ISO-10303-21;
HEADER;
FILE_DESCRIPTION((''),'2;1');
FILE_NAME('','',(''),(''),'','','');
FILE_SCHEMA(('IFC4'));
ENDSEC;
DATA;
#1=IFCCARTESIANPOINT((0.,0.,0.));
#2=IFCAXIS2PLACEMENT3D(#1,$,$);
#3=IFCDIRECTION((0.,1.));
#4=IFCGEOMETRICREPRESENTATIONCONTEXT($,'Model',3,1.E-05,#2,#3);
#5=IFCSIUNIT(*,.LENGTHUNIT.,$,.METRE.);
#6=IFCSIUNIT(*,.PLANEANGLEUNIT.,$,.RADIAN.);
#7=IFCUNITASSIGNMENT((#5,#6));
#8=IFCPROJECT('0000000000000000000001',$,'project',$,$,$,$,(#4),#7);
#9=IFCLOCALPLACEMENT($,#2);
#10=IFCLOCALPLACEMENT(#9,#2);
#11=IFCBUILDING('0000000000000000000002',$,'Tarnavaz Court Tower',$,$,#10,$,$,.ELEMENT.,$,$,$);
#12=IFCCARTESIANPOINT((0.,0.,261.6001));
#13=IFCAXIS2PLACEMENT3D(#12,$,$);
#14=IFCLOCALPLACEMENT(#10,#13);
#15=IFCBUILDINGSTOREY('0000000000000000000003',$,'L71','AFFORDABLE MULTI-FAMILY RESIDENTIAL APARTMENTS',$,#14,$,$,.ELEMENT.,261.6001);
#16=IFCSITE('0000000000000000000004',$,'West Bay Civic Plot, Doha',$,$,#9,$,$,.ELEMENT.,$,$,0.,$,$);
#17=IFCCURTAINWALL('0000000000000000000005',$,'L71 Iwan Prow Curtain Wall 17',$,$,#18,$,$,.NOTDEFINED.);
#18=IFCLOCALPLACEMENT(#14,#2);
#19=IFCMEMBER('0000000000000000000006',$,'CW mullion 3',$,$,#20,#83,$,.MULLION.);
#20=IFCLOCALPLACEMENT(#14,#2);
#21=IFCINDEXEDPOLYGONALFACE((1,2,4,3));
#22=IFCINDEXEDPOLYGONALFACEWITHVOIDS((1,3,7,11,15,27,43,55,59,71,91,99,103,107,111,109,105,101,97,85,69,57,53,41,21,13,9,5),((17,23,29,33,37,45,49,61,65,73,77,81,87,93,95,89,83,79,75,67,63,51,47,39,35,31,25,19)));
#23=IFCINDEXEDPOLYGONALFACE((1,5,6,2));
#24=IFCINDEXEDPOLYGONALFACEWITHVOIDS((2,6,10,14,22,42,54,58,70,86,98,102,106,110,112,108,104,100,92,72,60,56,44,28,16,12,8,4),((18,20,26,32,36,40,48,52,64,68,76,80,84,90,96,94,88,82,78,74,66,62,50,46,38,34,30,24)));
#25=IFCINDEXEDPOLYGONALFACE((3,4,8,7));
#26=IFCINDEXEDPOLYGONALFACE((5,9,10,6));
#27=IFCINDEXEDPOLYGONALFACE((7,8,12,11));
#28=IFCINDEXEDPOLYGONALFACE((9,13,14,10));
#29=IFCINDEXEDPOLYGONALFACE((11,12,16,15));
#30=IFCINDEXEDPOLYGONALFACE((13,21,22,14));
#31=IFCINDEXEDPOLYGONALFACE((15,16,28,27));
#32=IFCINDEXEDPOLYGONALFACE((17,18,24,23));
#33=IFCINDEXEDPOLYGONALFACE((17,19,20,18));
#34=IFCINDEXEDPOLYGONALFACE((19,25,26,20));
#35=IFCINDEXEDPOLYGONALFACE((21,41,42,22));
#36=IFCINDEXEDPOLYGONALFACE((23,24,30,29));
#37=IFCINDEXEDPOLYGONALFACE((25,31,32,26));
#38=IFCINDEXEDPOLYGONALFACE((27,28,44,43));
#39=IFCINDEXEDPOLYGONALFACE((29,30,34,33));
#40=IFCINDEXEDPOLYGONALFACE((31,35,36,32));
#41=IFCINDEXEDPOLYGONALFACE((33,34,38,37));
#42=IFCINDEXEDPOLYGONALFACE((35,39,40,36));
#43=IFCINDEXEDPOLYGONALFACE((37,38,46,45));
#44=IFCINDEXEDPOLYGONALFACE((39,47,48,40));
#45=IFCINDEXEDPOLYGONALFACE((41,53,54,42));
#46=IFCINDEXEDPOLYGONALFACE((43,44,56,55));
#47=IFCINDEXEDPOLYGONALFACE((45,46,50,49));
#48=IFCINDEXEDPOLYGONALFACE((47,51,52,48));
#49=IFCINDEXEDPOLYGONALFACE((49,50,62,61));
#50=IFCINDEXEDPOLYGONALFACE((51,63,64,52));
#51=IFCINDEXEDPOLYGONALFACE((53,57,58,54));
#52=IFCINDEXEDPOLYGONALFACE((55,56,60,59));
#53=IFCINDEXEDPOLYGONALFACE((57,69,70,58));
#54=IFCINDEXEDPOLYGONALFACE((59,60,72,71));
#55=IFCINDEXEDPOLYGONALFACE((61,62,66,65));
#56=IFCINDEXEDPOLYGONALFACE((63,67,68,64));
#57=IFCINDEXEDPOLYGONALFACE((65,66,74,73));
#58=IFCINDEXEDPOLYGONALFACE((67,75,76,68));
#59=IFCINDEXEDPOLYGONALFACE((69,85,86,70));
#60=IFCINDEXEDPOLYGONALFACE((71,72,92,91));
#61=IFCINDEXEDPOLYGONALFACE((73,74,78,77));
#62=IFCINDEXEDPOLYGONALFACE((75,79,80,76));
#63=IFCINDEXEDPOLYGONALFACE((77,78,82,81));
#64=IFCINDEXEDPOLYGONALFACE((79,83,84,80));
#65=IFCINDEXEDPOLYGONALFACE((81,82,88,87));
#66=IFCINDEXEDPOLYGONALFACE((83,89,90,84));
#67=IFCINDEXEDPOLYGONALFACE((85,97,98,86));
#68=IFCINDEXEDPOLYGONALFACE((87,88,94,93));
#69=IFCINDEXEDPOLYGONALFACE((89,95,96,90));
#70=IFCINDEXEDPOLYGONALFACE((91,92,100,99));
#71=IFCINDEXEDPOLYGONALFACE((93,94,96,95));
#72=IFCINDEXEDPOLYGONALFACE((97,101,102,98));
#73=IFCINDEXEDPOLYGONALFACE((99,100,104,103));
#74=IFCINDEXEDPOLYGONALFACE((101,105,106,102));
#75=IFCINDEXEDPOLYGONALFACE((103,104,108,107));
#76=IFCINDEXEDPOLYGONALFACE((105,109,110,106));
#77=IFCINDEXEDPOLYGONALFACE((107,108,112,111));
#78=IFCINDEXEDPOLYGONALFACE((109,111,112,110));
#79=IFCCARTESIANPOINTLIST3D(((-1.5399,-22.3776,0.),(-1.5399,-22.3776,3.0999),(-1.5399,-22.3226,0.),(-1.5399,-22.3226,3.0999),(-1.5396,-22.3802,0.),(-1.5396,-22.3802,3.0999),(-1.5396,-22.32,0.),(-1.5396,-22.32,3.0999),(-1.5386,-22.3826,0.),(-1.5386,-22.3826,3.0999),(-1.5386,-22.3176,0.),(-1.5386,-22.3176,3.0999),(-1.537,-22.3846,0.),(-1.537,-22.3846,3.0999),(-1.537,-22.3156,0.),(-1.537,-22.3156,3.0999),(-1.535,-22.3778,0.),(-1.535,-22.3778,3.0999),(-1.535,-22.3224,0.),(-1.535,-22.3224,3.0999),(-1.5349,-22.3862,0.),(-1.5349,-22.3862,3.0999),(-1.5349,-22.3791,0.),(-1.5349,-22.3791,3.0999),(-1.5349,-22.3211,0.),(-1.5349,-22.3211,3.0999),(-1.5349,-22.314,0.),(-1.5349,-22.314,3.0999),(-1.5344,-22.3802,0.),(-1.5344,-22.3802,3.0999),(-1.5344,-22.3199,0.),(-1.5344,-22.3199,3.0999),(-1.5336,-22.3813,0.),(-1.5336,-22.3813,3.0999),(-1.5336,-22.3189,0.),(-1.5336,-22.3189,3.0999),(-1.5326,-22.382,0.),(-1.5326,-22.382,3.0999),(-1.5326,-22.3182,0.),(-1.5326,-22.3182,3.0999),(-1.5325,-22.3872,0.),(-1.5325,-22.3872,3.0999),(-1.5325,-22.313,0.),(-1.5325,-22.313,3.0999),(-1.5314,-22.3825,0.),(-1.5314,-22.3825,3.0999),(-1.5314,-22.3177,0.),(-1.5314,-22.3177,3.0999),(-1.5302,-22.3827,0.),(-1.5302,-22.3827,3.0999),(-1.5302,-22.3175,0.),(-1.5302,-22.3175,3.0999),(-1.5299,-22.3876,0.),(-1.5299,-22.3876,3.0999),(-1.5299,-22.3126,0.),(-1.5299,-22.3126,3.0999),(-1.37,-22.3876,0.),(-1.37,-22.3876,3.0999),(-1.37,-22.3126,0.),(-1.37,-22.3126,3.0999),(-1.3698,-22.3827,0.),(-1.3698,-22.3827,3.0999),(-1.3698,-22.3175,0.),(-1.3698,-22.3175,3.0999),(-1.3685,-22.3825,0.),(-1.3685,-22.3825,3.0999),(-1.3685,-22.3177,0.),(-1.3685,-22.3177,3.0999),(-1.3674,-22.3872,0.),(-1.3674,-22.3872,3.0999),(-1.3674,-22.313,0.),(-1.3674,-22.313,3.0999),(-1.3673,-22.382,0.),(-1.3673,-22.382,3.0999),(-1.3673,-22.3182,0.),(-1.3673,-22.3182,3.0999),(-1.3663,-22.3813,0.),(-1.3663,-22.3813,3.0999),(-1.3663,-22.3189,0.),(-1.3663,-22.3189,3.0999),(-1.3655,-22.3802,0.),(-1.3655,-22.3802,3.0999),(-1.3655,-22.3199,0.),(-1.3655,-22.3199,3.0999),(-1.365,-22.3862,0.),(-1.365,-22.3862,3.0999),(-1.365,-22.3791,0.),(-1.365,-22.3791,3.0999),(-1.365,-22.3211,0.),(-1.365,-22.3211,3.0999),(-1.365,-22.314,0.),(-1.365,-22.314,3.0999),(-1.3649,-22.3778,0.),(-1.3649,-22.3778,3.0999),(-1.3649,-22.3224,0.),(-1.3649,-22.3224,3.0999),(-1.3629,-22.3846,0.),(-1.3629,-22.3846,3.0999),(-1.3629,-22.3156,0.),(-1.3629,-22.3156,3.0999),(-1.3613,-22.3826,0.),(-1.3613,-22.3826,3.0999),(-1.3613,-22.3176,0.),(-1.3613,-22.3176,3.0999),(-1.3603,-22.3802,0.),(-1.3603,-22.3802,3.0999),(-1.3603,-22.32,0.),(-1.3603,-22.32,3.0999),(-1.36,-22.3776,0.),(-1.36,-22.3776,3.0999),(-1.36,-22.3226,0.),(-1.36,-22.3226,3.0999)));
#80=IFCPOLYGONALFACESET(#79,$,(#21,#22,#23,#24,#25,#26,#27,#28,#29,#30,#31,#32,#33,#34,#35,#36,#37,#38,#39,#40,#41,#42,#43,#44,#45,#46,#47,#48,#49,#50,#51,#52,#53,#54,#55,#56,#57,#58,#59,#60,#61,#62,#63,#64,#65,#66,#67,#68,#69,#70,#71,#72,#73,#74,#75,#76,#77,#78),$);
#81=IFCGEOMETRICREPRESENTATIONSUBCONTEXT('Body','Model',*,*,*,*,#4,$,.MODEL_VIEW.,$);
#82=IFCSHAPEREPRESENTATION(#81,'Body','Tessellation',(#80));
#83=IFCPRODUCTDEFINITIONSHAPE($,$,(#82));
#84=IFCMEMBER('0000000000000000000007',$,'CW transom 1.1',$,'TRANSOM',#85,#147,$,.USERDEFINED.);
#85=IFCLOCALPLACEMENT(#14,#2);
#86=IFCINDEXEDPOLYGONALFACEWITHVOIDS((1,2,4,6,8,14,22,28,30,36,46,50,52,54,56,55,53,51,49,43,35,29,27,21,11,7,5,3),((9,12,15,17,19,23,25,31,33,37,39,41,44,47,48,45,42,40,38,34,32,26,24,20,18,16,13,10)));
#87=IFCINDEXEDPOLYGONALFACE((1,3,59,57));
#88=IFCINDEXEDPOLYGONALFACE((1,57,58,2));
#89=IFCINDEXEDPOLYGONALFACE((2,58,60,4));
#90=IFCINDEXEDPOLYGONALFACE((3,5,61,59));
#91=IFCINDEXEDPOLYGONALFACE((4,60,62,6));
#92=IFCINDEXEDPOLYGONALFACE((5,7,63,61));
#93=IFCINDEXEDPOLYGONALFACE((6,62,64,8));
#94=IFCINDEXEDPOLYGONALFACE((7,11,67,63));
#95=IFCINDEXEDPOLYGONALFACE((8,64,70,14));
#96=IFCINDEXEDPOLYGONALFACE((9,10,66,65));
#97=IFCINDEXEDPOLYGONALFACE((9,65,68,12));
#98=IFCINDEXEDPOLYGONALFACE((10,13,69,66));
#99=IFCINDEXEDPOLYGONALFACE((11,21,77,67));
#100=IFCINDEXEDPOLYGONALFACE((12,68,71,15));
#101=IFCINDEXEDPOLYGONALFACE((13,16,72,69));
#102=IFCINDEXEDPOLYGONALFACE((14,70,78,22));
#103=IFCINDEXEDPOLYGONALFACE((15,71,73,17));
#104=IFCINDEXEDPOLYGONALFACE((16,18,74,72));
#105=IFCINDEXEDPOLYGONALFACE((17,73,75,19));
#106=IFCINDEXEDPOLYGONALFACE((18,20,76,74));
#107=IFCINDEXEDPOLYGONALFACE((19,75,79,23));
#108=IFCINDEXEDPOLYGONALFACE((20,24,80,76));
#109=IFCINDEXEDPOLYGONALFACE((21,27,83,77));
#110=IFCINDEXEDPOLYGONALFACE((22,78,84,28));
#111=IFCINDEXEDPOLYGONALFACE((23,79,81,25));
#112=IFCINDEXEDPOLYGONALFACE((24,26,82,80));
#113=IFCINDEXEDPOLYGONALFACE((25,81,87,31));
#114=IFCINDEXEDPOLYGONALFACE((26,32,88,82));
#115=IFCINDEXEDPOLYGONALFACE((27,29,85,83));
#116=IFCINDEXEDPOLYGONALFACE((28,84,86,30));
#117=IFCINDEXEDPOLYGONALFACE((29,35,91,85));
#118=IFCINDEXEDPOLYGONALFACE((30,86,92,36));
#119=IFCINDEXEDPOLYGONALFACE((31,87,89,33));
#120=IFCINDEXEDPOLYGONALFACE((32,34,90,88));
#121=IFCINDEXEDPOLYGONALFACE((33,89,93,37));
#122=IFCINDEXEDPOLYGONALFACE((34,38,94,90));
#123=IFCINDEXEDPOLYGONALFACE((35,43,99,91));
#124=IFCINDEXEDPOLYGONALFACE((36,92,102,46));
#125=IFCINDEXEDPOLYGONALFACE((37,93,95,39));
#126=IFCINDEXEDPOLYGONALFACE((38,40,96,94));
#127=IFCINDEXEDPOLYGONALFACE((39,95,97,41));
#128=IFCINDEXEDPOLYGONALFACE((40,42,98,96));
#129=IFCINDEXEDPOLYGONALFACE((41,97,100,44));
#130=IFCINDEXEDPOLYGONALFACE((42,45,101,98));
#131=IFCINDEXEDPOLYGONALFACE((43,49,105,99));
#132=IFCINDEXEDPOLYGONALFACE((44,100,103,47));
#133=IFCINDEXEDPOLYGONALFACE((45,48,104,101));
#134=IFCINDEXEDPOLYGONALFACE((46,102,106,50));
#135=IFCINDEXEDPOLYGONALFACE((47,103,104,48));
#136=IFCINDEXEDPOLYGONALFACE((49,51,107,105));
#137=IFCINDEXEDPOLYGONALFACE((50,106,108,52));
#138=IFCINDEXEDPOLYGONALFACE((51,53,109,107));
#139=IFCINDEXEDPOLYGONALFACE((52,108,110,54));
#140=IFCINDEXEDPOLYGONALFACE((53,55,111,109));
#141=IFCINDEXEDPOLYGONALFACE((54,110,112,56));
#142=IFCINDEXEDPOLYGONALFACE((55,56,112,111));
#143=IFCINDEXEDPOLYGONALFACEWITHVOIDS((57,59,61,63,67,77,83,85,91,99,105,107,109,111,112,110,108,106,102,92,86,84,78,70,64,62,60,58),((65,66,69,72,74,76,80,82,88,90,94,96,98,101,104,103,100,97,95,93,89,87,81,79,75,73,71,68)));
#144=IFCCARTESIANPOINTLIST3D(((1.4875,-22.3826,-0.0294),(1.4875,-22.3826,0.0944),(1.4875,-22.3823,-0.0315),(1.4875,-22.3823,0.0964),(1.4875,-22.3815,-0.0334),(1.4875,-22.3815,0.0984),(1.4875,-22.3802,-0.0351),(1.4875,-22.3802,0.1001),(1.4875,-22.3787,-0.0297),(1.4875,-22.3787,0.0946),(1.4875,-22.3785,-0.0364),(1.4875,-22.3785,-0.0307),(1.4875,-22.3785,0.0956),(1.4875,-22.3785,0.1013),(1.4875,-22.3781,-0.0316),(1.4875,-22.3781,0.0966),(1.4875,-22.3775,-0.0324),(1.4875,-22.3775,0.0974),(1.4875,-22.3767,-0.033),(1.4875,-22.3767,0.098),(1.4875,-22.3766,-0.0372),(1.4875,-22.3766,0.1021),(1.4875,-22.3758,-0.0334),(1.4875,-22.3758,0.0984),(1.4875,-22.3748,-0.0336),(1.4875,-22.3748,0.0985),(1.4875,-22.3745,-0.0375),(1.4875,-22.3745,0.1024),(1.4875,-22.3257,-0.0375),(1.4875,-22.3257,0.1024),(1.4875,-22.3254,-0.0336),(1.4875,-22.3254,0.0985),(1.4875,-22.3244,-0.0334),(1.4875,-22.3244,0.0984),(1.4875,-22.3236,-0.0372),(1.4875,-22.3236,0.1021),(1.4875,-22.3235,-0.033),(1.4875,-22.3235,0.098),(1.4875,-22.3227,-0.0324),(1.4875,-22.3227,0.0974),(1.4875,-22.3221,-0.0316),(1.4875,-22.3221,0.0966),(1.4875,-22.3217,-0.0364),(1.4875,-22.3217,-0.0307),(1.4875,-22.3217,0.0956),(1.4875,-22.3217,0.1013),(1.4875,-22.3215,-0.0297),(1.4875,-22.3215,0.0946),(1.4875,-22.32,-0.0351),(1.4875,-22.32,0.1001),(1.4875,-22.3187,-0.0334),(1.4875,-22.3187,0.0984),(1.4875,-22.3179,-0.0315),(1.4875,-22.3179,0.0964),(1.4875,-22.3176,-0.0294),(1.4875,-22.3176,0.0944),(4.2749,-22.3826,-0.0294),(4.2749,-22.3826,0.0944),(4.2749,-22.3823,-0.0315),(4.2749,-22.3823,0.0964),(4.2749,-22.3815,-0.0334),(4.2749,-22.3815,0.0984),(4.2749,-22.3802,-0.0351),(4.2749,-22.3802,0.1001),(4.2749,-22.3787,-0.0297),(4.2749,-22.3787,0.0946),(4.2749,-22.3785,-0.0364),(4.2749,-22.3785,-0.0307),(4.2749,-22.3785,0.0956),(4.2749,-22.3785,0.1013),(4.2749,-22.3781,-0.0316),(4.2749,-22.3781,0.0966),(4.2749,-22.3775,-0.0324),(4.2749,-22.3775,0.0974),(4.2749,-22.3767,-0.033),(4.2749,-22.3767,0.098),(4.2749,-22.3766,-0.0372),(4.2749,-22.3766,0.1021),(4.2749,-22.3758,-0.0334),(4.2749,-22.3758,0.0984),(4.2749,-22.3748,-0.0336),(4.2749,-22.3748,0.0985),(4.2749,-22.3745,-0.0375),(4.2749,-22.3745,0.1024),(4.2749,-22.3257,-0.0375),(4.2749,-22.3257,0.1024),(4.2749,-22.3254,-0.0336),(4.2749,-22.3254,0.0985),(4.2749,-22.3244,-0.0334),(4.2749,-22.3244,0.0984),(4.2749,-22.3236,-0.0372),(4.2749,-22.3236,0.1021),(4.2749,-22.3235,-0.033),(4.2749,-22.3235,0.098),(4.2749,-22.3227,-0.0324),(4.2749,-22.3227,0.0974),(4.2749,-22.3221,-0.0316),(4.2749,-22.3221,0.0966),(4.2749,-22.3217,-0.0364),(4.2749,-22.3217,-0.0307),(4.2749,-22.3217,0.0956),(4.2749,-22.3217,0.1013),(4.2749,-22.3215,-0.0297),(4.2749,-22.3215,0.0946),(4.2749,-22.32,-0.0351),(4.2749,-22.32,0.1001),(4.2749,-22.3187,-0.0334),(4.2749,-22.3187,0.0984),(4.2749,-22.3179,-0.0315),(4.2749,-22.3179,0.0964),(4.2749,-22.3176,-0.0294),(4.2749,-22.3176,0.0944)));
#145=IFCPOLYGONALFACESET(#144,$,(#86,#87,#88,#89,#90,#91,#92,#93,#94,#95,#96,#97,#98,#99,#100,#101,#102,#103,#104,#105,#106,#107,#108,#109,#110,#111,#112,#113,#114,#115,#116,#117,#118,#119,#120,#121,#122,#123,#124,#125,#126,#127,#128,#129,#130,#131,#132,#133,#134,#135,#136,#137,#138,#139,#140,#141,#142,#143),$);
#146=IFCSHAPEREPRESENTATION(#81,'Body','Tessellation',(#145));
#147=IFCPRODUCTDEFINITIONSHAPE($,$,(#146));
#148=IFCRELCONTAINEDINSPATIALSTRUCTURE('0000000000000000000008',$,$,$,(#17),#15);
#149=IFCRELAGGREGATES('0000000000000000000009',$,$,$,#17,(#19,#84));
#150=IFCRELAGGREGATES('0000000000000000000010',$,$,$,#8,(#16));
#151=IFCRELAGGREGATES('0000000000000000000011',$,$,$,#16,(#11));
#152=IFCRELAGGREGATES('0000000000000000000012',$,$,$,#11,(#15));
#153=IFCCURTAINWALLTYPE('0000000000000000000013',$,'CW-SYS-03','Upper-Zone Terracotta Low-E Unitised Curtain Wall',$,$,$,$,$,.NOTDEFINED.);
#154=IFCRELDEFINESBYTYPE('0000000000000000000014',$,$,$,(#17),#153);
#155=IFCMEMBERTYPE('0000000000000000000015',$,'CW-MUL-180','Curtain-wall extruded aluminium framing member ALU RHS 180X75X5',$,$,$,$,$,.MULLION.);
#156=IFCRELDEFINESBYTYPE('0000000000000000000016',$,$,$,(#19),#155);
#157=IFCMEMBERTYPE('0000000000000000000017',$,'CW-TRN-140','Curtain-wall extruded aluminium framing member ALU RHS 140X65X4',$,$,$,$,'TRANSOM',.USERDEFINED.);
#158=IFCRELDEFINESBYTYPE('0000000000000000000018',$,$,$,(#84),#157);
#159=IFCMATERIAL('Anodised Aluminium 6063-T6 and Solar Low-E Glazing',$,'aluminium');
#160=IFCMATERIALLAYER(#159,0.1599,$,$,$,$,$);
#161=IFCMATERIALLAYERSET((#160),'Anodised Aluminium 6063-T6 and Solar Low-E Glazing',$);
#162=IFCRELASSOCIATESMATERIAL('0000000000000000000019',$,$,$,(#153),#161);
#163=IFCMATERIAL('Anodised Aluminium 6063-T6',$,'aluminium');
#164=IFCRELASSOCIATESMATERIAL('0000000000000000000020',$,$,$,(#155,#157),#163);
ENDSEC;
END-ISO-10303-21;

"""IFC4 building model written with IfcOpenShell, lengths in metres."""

from ifc_helpers import new_model, si_unit, direction, frame, origin, origin_2d, place, context, subcontext, project, spatial, hollow_rectangle, extrude, material, layer, layer_set, material_profile, profile_set, type_object, element, aggregate, save


model = new_model("IFC4")

# Units and contexts
model_context = context("Model", 3, precision=1e-05, world=origin(), true_north=direction((0.0, 1.0)))
body_context = subcontext(model_context, "Body", "Model", "MODEL_VIEW")
ifc_project = project(units=[si_unit("LENGTHUNIT", "METRE"), si_unit("PLANEANGLEUNIT", "RADIAN")], contexts=[model_context])

# Site, building, storey
site_placement = place(None, origin())
site = spatial("IfcSite", under=ifc_project, at=site_placement, Name="West Bay Civic Plot, Doha", CompositionType="ELEMENT", RefElevation=0.0)
building_placement = place(site_placement, origin())
building = spatial("IfcBuilding", under=site, at=building_placement, Name="Tarnavaz Court Tower", CompositionType="ELEMENT")
storey_placement = place(building_placement, frame((0.0, 0.0, 261.6001)))
storey = spatial("IfcBuildingStorey", under=building, at=storey_placement, Name="L71", Description="AFFORDABLE MULTI-FAMILY RESIDENTIAL APARTMENTS", CompositionType="ELEMENT", Elevation=261.6001)

# Curtain wall, members
ifc_material_1 = material(Name="Anodised Aluminium 6063-T6 and Solar Low-E Glazing", Category="aluminium")
ifc_layer_1 = layer(ifc_material_1, 0.1599)
ifc_layer_set_1 = layer_set([ifc_layer_1], Name="Anodised Aluminium 6063-T6 and Solar Low-E Glazing")
curtain_wall_type = type_object("IfcCurtainWallType", Name="CW-SYS-03", Description="Upper-Zone Terracotta Low-E Unitised Curtain Wall", PredefinedType="NOTDEFINED", material=ifc_layer_set_1)
curtain_wall_placement = place(storey_placement, origin())
curtain_wall = element("IfcCurtainWall", 1, at=curtain_wall_placement, inside=storey, type_object=curtain_wall_type, Name="L71 Iwan Prow Curtain Wall 17", PredefinedType="NOTDEFINED")
ifc_material_2 = material(Name="Anodised Aluminium 6063-T6", Category="aluminium")
ifc_material_profile_1 = material_profile(ifc_material_2, hollow_rectangle(XDim=0.075, YDim=0.1799, WallThickness=0.0049, InnerFilletRadius=0.0049, OuterFilletRadius=0.01, at=origin_2d()), Name="ALU RHS 180X75X5")
ifc_profile_set_1 = profile_set([ifc_material_profile_1], Name="Anodised Aluminium 6063-T6")
member_type_1 = type_object("IfcMemberType", Name="CW-MUL-180", Description="Curtain-wall extruded aluminium framing member ALU RHS 180X75X5", PredefinedType="MULLION", material=ifc_profile_set_1)
member_1_placement = place(storey_placement, frame((-1.45, -22.3501, 0.0), z_axis=(0.0, 0.0, 1.0), x_axis=(0.0, -1.0, 0.0)))
member_1 = element("IfcMember", 2, at=member_1_placement, type_object=member_type_1, Name="CW mullion 3", PredefinedType="MULLION", context=body_context, shape_type="SweptSolid", body=[
    extrude(hollow_rectangle(XDim=0.075, YDim=0.1799, WallThickness=0.0049, InnerFilletRadius=0.0049, OuterFilletRadius=0.01, at=origin_2d()), origin(), (0.0, 0.0, 1.0), 3.0999),
])
ifc_material_profile_2 = material_profile(ifc_material_2, hollow_rectangle(XDim=0.0649, YDim=0.1399, WallThickness=0.0039, InnerFilletRadius=0.0039, OuterFilletRadius=0.0081, at=origin_2d()), Name="ALU RHS 140X65X4")
ifc_profile_set_2 = profile_set([ifc_material_profile_2], Name="Anodised Aluminium 6063-T6")
member_type_2 = type_object("IfcMemberType", Name="CW-TRN-140", Description="Curtain-wall extruded aluminium framing member ALU RHS 140X65X4", ElementType="TRANSOM", PredefinedType="USERDEFINED", material=ifc_profile_set_2)
member_2_placement = place(storey_placement, frame((4.2749, -22.3501, 0.0325), z_axis=(-1.0, 0.0, 0.0), x_axis=(0.0, -1.0, 0.0)))
member_2 = element("IfcMember", 3, at=member_2_placement, type_object=member_type_2, Name="CW transom 1.1", ObjectType="TRANSOM", PredefinedType="USERDEFINED", context=body_context, shape_type="SweptSolid", body=[
    extrude(hollow_rectangle(XDim=0.0649, YDim=0.1399, WallThickness=0.0039, InnerFilletRadius=0.0039, OuterFilletRadius=0.0081, at=origin_2d()), origin(), (0.0, 0.0, 1.0), 2.7874),
])
aggregate(curtain_wall, [member_1, member_2])

save(model, "model.ifc")
